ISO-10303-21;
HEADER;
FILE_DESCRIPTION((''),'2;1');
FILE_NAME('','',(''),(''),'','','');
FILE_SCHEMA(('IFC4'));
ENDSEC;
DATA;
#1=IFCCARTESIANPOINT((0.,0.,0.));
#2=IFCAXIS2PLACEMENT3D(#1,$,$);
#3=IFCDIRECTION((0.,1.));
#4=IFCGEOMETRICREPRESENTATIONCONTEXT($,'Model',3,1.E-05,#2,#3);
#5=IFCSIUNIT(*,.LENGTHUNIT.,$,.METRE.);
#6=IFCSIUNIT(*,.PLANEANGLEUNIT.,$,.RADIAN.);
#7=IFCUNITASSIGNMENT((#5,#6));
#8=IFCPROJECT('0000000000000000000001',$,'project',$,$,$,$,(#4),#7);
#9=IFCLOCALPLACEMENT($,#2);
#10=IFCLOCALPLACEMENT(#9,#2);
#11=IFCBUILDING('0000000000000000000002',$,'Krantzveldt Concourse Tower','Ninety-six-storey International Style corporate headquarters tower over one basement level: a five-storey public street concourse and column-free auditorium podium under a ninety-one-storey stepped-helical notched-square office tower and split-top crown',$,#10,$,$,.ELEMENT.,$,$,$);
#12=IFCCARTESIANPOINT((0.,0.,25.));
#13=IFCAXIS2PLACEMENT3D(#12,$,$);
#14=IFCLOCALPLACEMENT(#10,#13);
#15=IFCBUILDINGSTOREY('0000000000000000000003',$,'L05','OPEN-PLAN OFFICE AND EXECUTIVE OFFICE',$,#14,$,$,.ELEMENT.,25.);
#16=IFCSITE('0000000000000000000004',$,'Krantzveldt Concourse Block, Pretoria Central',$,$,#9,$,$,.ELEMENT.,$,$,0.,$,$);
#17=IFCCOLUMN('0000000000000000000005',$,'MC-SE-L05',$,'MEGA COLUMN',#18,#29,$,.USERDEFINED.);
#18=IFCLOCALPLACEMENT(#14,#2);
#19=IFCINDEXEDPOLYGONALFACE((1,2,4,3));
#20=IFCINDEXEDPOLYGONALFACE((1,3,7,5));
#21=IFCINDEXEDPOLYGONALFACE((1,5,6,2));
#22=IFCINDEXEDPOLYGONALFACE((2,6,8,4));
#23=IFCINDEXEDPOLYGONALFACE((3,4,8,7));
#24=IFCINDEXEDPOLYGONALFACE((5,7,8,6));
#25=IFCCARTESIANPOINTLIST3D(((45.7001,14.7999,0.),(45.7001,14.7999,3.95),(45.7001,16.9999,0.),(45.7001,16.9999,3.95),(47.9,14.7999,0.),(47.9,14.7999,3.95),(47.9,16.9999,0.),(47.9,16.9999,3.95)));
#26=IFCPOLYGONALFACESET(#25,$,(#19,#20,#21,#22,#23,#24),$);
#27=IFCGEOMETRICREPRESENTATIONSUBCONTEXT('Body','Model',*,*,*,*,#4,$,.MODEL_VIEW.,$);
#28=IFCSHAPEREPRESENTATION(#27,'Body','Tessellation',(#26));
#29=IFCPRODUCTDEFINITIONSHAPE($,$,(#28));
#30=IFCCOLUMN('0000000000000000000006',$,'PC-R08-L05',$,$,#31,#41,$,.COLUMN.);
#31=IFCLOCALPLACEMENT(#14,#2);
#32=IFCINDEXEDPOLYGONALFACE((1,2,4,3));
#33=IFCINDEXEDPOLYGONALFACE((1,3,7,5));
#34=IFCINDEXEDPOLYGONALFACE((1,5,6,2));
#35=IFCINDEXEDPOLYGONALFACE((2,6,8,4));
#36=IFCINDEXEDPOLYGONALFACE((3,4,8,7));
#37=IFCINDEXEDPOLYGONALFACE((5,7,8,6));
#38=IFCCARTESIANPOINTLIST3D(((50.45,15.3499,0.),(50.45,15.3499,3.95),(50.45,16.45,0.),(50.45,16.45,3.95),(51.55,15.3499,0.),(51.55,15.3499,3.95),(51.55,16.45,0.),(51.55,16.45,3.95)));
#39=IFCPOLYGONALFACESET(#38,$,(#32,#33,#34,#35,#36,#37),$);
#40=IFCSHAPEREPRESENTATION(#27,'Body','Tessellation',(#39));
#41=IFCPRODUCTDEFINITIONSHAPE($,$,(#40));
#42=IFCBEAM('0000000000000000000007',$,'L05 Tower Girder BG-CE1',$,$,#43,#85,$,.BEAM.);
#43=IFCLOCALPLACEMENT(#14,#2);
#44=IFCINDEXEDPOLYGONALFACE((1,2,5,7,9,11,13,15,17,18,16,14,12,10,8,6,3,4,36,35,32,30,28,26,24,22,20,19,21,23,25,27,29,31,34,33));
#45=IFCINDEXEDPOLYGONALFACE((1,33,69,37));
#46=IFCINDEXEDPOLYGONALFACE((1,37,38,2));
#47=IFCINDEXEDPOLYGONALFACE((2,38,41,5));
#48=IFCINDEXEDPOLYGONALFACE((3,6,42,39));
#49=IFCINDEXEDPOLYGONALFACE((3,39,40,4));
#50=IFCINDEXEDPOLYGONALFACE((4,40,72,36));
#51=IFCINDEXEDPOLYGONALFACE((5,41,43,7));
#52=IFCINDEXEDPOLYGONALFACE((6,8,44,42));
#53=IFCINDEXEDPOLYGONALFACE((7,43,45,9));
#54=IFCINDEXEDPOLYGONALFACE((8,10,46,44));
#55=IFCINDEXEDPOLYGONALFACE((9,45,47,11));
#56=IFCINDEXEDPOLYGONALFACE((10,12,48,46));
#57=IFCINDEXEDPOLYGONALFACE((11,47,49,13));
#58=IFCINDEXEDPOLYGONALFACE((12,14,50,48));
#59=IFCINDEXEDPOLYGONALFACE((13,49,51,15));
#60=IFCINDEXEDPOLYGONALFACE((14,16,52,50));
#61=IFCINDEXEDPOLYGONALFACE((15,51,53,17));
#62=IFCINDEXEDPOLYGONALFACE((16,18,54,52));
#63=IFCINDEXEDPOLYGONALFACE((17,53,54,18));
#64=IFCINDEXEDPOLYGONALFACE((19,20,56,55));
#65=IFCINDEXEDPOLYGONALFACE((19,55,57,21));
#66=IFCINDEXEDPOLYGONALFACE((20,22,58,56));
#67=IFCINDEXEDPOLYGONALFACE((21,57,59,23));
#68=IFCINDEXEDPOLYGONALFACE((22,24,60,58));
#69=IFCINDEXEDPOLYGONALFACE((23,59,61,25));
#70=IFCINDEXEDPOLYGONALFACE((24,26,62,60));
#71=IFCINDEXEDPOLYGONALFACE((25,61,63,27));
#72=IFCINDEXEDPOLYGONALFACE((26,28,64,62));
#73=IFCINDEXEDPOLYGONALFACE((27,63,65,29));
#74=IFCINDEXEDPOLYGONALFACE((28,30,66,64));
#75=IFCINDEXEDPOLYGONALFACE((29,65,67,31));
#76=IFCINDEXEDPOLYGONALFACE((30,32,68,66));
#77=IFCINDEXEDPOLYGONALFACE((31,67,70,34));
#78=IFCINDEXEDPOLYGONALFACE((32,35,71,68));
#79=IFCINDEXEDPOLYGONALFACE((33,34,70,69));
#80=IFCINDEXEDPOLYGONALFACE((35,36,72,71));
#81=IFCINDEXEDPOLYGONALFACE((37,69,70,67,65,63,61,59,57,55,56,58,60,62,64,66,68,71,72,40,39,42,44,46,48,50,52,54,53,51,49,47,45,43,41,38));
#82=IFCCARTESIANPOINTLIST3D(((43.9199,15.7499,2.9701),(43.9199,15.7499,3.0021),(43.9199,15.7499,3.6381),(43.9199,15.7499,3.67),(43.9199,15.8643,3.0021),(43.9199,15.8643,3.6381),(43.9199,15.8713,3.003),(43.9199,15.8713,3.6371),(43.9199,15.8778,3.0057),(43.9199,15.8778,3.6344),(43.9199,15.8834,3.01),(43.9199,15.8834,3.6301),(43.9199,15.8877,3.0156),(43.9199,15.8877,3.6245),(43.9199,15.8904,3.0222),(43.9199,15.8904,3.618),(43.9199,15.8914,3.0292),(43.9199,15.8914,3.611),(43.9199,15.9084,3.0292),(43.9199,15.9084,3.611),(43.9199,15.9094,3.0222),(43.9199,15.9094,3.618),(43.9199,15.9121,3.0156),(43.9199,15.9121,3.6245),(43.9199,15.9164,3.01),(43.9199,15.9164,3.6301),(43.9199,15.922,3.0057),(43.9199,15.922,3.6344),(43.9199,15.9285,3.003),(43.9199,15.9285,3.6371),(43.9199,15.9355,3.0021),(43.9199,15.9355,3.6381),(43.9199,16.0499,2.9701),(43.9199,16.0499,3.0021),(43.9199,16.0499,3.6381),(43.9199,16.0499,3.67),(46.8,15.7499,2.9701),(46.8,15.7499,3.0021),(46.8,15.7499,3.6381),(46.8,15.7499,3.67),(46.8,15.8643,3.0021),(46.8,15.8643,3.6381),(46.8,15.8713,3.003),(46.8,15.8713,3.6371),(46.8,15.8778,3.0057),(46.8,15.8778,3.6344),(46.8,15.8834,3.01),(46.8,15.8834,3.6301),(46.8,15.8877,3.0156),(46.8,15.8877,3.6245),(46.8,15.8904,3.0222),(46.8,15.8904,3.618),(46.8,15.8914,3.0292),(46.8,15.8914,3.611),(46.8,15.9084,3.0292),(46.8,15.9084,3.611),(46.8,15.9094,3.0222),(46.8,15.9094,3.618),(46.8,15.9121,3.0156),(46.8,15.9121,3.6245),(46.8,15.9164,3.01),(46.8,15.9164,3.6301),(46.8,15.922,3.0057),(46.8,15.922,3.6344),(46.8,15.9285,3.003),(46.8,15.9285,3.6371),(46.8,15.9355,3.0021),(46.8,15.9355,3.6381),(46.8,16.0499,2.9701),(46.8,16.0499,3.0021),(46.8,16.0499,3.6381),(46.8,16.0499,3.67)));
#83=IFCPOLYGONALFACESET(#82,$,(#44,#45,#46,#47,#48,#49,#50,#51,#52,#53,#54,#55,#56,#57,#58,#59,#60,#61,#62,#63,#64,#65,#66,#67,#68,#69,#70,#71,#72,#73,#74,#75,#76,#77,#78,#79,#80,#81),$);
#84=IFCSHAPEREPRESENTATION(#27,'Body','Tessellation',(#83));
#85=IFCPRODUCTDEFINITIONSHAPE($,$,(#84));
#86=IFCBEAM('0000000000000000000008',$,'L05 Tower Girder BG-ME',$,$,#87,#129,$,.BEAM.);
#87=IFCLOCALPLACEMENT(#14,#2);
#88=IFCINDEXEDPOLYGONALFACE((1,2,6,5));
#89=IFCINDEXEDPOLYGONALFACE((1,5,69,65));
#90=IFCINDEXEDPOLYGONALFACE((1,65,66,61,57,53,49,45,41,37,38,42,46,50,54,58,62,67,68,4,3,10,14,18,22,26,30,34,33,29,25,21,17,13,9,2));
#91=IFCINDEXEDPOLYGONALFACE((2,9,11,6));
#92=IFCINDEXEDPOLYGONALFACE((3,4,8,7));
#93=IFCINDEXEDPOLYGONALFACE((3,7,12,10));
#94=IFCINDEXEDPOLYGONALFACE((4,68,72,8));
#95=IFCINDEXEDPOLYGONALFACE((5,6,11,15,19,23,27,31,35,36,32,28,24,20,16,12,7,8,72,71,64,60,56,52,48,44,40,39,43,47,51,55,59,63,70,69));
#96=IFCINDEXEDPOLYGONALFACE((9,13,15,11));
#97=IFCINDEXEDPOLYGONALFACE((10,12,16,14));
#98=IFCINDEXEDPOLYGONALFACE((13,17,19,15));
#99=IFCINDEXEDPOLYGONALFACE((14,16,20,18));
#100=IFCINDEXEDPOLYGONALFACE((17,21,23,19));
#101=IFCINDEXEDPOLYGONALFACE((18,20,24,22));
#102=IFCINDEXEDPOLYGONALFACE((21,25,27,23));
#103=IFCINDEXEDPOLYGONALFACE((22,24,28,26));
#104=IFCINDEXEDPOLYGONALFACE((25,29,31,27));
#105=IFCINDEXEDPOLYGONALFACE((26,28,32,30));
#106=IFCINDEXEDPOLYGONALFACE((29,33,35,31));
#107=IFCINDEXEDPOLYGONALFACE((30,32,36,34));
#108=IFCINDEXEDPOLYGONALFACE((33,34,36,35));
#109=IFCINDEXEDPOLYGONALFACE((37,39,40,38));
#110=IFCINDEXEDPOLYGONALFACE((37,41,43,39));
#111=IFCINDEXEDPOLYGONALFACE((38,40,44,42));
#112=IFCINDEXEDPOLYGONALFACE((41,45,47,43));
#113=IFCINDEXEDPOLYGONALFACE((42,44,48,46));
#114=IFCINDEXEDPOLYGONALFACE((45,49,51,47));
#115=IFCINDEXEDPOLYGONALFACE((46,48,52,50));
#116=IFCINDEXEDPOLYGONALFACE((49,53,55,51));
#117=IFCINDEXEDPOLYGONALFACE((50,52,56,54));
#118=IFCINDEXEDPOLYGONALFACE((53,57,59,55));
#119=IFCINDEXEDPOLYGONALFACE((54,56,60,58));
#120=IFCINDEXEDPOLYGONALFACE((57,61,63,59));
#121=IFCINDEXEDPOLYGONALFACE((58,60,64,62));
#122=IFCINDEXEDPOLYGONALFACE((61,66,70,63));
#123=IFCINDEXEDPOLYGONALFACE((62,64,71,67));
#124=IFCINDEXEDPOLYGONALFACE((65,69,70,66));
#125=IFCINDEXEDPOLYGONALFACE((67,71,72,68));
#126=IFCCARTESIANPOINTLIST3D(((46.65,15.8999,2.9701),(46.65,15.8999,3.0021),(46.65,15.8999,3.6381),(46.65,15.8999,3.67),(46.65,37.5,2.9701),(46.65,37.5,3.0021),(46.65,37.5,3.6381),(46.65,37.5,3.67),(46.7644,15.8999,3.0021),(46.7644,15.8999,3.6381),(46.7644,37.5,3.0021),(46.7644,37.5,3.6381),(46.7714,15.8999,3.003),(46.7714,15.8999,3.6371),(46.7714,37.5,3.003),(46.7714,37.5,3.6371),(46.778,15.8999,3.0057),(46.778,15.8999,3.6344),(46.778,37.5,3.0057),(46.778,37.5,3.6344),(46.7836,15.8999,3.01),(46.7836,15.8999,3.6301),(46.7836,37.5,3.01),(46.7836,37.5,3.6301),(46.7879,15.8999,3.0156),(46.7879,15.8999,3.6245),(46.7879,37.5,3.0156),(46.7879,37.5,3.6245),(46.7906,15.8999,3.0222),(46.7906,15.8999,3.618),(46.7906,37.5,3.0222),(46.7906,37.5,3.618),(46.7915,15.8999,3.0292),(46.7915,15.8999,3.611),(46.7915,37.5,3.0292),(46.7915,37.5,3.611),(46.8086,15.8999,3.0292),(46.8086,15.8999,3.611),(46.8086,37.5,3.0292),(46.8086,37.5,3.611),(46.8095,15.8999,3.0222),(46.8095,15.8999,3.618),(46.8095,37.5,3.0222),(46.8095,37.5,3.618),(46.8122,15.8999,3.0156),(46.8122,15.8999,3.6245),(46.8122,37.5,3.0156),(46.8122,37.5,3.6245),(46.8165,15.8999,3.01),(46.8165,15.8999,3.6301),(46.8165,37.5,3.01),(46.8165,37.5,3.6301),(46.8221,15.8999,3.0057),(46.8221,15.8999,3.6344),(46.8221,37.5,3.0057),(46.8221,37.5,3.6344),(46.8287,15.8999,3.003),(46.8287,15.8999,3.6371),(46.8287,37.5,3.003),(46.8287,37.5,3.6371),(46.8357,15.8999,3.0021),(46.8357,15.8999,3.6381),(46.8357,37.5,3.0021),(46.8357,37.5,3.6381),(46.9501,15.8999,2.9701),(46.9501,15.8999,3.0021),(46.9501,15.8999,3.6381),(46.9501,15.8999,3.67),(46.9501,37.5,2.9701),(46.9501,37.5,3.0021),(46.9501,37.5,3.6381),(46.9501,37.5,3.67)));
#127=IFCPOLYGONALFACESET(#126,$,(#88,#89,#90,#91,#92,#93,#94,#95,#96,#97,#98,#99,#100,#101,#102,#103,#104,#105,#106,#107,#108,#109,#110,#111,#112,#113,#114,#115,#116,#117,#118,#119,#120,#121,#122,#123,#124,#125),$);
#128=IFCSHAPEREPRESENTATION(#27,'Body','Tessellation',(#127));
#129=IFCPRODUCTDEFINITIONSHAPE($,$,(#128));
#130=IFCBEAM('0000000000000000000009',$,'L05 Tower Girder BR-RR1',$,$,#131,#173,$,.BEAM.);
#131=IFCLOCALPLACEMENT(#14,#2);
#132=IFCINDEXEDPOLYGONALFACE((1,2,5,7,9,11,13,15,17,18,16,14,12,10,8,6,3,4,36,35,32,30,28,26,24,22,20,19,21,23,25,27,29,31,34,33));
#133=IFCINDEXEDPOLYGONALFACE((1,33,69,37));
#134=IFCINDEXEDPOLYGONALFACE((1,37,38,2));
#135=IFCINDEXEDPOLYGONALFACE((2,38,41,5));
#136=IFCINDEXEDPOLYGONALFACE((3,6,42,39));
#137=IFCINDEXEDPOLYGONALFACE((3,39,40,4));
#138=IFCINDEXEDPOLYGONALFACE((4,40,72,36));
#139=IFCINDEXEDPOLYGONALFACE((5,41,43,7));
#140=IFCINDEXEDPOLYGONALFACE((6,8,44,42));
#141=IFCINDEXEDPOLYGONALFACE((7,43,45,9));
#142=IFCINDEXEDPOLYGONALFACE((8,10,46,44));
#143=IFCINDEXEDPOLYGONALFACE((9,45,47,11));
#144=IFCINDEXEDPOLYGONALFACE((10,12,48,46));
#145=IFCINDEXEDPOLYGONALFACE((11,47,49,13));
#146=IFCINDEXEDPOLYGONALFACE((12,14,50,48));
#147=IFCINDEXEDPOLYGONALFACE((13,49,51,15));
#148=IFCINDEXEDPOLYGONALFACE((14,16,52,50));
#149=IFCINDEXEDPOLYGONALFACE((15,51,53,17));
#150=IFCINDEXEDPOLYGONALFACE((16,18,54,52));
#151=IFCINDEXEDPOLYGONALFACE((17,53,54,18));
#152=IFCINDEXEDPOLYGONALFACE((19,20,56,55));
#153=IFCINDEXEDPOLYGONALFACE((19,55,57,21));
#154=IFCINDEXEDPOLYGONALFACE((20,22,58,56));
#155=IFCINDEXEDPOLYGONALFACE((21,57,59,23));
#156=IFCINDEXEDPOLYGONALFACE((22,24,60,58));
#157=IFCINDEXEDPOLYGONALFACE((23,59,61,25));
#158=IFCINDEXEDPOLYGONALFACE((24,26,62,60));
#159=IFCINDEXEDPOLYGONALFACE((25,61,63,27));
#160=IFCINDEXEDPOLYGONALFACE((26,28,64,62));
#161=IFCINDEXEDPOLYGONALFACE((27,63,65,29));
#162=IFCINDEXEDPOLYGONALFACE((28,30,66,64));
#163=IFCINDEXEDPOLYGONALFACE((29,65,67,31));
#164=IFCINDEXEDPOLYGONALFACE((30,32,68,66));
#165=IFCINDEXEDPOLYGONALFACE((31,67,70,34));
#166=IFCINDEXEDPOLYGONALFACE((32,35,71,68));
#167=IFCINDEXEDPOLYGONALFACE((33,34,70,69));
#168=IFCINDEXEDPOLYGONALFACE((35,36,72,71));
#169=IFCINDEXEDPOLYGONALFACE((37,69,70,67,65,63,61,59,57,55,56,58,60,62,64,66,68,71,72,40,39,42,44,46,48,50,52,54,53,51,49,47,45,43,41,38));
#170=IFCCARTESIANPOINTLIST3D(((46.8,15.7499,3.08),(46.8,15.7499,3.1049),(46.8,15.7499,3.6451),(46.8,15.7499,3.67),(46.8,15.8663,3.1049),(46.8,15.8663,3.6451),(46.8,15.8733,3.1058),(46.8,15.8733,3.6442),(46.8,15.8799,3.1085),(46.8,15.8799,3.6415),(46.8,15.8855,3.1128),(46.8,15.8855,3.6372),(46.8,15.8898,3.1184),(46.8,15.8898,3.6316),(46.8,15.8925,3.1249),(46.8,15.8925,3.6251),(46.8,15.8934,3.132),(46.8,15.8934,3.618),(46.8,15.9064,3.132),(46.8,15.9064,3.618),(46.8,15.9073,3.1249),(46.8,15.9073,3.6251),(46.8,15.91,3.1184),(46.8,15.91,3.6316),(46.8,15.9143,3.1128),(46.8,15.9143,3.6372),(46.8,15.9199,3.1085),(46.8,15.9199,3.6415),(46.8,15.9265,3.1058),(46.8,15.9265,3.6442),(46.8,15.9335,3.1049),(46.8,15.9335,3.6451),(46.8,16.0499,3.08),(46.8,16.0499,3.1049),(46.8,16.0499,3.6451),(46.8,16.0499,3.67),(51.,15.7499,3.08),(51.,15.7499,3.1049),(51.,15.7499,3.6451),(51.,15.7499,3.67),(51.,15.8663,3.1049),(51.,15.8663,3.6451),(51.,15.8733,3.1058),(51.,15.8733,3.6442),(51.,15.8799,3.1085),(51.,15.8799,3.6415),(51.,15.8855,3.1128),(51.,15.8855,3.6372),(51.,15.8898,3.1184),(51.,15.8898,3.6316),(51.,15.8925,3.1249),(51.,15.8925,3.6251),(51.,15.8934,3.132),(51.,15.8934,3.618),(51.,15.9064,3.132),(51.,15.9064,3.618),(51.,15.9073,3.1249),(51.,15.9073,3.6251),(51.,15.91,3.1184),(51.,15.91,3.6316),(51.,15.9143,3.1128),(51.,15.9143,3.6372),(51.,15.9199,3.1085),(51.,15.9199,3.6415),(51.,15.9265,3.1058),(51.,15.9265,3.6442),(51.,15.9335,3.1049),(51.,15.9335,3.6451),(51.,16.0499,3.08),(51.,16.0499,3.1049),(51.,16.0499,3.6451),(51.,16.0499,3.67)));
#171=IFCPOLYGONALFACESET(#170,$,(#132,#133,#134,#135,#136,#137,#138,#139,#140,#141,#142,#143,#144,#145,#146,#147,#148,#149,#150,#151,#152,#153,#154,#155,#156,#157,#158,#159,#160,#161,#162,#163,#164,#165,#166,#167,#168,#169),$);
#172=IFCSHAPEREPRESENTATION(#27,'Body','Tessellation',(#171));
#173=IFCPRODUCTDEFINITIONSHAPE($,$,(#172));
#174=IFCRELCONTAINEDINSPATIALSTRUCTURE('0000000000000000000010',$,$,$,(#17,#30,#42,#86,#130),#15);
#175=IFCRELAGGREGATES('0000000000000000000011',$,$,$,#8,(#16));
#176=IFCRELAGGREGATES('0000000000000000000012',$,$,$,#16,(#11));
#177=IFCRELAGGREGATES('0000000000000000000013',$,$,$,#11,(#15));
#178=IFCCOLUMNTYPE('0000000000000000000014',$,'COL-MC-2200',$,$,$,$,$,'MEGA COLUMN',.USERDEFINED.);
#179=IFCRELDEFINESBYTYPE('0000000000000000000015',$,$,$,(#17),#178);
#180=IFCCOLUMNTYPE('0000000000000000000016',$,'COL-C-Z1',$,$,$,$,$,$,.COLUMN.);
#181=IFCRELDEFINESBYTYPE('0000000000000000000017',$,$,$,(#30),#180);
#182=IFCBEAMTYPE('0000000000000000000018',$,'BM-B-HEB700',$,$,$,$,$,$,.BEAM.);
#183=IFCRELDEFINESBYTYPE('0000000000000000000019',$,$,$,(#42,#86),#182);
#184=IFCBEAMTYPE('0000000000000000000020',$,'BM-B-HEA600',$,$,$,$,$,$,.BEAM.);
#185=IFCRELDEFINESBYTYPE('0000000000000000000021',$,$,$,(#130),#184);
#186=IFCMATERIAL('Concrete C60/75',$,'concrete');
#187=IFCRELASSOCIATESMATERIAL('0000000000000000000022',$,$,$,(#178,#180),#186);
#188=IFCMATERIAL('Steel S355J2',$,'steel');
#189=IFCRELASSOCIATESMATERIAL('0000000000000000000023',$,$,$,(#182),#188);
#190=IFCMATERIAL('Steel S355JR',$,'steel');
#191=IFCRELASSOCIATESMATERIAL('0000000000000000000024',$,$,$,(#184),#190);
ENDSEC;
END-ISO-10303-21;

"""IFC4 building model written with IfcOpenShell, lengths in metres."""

from ifc_helpers import new_model, si_unit, direction, frame, origin, origin_2d, place, context, subcontext, project, spatial, rectangle, i_section, extrude, source, transform, mapped, material, material_profile, profile_set, type_object, type_shapes, element, save


model = new_model("IFC4")

# Units and contexts
model_context = context("Model", 3, precision=1e-05, world=origin(), true_north=direction((0.0, 1.0)))
body_context = subcontext(model_context, "Body", "Model", "MODEL_VIEW")
ifc_project = project(units=[si_unit("LENGTHUNIT", "METRE"), si_unit("PLANEANGLEUNIT", "RADIAN")], contexts=[model_context])

# Site, building, storey
site_placement = place(None, origin())
site = spatial("IfcSite", under=ifc_project, at=site_placement, Name="Krantzveldt Concourse Block, Pretoria Central", CompositionType="ELEMENT", RefElevation=0.0)
building_placement = place(site_placement, origin())
building = spatial("IfcBuilding", under=site, at=building_placement, Name="Krantzveldt Concourse Tower", Description="Ninety-six-storey International Style corporate headquarters tower over one basement level: a five-storey public street concourse and column-free auditorium podium under a ninety-one-storey stepped-helical notched-square office tower and split-top crown", CompositionType="ELEMENT")
storey_placement = place(building_placement, frame((0.0, 0.0, 25.0)))
storey = spatial("IfcBuildingStorey", under=building, at=storey_placement, Name="L05", Description="OPEN-PLAN OFFICE AND EXECUTIVE OFFICE", CompositionType="ELEMENT", Elevation=25.0)

# Columns
ifc_material_1 = material(Name="Concrete C60/75", Category="concrete")
ifc_material_profile_1 = material_profile(ifc_material_1, rectangle(XDim=2.2, YDim=2.2, at=origin_2d()), Name="Concrete C60/75", Category="concrete")
ifc_profile_set_1 = profile_set([ifc_material_profile_1], Name="Concrete C60/75 - RC 2200x2200")
column_type_1 = type_object("IfcColumnType", Name="COL-MC-2200", ElementType="MEGA COLUMN", PredefinedType="USERDEFINED", material=ifc_profile_set_1)
shared_shape_1 = source(origin(), body_context, "Body", "SweptSolid", [
    extrude(rectangle(XDim=2.2, YDim=2.2, at=origin_2d()), origin(), (0.0, 0.0, 1.0), 3.95),
])
type_shapes(column_type_1, [shared_shape_1])
column_1_placement = place(storey_placement, frame((46.8, 15.8999, 0.0), z_axis=(0.0, 0.0, 1.0), x_axis=(1.0, 0.0, 0.0)))
element("IfcColumn", 1, at=column_1_placement, inside=storey, type_object=column_type_1, Name="MC-SE-L05", ObjectType="MEGA COLUMN", PredefinedType="USERDEFINED", context=body_context, shape_type="MappedRepresentation", body=[
    mapped(shared_shape_1, transform((0.0, 0.0, 0.0), x_axis=(1.0, 0.0, 0.0), y_axis=(0.0, 1.0, 0.0), z_axis=(0.0, 0.0, 1.0), scale=1.0)),
])
ifc_material_profile_2 = material_profile(ifc_material_1, rectangle(XDim=1.1001, YDim=1.1001, at=origin_2d()), Name="Concrete C60/75", Category="concrete")
ifc_profile_set_2 = profile_set([ifc_material_profile_2], Name="Concrete C60/75 - RC 1100x1100")
column_type_2 = type_object("IfcColumnType", Name="COL-C-Z1", PredefinedType="COLUMN", material=ifc_profile_set_2)
shared_shape_2 = source(origin(), body_context, "Body", "SweptSolid", [
    extrude(rectangle(XDim=1.1001, YDim=1.1001, at=origin_2d()), origin(), (0.0, 0.0, 1.0), 3.95),
])
type_shapes(column_type_2, [shared_shape_2])
column_2_placement = place(storey_placement, frame((51.0, 15.8999, 0.0), z_axis=(0.0, 0.0, 1.0), x_axis=(1.0, 0.0, 0.0)))
element("IfcColumn", 2, at=column_2_placement, inside=storey, type_object=column_type_2, Name="PC-R08-L05", PredefinedType="COLUMN", context=body_context, shape_type="MappedRepresentation", body=[
    mapped(shared_shape_2, transform((0.0, 0.0, 0.0), x_axis=(1.0, 0.0, 0.0), y_axis=(0.0, 1.0, 0.0), z_axis=(0.0, 0.0, 1.0), scale=1.0)),
])

# Beams
ifc_material_2 = material(Name="Steel S355J2", Category="steel")
ifc_material_profile_3 = material_profile(ifc_material_2, i_section(OverallWidth=0.3, OverallDepth=0.7, WebThickness=0.0171, FlangeThickness=0.032, FilletRadius=0.0271, at=origin_2d()), Name="Steel S355J2", Category="steel")
ifc_profile_set_3 = profile_set([ifc_material_profile_3], Name="Steel S355J2 - HEB 700")
beam_type_1 = type_object("IfcBeamType", Name="BM-B-HEB700", PredefinedType="BEAM", material=ifc_profile_set_3)
shared_shape_3 = source(origin(), body_context, "Body", "SweptSolid", [
    extrude(i_section(OverallWidth=0.3, OverallDepth=0.7, WebThickness=0.0171, FlangeThickness=0.032, FilletRadius=0.0271, at=origin_2d()), origin(), (0.0, 0.0, 1.0), 2.8801),
])
beam_1_placement = place(storey_placement, frame((43.9199, 15.8999, 3.3201), z_axis=(1.0, 0.0, 0.0), x_axis=(0.0, 1.0, 0.0)))
element("IfcBeam", 3, at=beam_1_placement, inside=storey, type_object=beam_type_1, Name="L05 Tower Girder BG-CE1", PredefinedType="BEAM", context=body_context, shape_type="MappedRepresentation", body=[
    mapped(shared_shape_3, transform((0.0, 0.0, 0.0), x_axis=(1.0, 0.0, 0.0), y_axis=(0.0, 1.0, 0.0), z_axis=(0.0, 0.0, 1.0), scale=1.0)),
])
shared_shape_4 = source(origin(), body_context, "Body", "SweptSolid", [
    extrude(i_section(OverallWidth=0.3, OverallDepth=0.7, WebThickness=0.0171, FlangeThickness=0.032, FilletRadius=0.0271, at=origin_2d()), origin(), (0.0, 0.0, 1.0), 21.6001),
])
type_shapes(beam_type_1, [shared_shape_3, shared_shape_4])
beam_2_placement = place(storey_placement, frame((46.8, 15.8999, 3.3201), z_axis=(0.0, 1.0, 0.0), x_axis=(-1.0, 0.0, 0.0)))
element("IfcBeam", 4, at=beam_2_placement, inside=storey, type_object=beam_type_1, Name="L05 Tower Girder BG-ME", PredefinedType="BEAM", context=body_context, shape_type="MappedRepresentation", body=[
    mapped(shared_shape_4, transform((0.0, 0.0, 0.0), x_axis=(1.0, 0.0, 0.0), y_axis=(0.0, 1.0, 0.0), z_axis=(0.0, 0.0, 1.0), scale=1.0)),
])
ifc_material_3 = material(Name="Steel S355JR", Category="steel")
ifc_material_profile_4 = material_profile(ifc_material_3, i_section(OverallWidth=0.3, OverallDepth=0.5901, WebThickness=0.0129, FlangeThickness=0.0249, FilletRadius=0.0271, at=origin_2d()), Name="Steel S355JR", Category="steel")
ifc_profile_set_4 = profile_set([ifc_material_profile_4], Name="Steel S355JR - HEA 600")
beam_type_2 = type_object("IfcBeamType", Name="BM-B-HEA600", PredefinedType="BEAM", material=ifc_profile_set_4)
shared_shape_5 = source(origin(), body_context, "Body", "SweptSolid", [
    extrude(i_section(OverallWidth=0.3, OverallDepth=0.5901, WebThickness=0.0129, FlangeThickness=0.0249, FilletRadius=0.0271, at=origin_2d()), origin(), (0.0, 0.0, 1.0), 4.2),
])
beam_3_placement = place(storey_placement, frame((46.8, 15.8999, 3.375), z_axis=(1.0, 0.0, 0.0), x_axis=(0.0, 1.0, 0.0)))
element("IfcBeam", 5, at=beam_3_placement, inside=storey, type_object=beam_type_2, Name="L05 Tower Girder BR-RR1", PredefinedType="BEAM", context=body_context, shape_type="MappedRepresentation", body=[
    mapped(shared_shape_5, transform((0.0, 0.0, 0.0), x_axis=(1.0, 0.0, 0.0), y_axis=(0.0, 1.0, 0.0), z_axis=(0.0, 0.0, 1.0), scale=1.0)),
])

save(model, "model.ifc")
